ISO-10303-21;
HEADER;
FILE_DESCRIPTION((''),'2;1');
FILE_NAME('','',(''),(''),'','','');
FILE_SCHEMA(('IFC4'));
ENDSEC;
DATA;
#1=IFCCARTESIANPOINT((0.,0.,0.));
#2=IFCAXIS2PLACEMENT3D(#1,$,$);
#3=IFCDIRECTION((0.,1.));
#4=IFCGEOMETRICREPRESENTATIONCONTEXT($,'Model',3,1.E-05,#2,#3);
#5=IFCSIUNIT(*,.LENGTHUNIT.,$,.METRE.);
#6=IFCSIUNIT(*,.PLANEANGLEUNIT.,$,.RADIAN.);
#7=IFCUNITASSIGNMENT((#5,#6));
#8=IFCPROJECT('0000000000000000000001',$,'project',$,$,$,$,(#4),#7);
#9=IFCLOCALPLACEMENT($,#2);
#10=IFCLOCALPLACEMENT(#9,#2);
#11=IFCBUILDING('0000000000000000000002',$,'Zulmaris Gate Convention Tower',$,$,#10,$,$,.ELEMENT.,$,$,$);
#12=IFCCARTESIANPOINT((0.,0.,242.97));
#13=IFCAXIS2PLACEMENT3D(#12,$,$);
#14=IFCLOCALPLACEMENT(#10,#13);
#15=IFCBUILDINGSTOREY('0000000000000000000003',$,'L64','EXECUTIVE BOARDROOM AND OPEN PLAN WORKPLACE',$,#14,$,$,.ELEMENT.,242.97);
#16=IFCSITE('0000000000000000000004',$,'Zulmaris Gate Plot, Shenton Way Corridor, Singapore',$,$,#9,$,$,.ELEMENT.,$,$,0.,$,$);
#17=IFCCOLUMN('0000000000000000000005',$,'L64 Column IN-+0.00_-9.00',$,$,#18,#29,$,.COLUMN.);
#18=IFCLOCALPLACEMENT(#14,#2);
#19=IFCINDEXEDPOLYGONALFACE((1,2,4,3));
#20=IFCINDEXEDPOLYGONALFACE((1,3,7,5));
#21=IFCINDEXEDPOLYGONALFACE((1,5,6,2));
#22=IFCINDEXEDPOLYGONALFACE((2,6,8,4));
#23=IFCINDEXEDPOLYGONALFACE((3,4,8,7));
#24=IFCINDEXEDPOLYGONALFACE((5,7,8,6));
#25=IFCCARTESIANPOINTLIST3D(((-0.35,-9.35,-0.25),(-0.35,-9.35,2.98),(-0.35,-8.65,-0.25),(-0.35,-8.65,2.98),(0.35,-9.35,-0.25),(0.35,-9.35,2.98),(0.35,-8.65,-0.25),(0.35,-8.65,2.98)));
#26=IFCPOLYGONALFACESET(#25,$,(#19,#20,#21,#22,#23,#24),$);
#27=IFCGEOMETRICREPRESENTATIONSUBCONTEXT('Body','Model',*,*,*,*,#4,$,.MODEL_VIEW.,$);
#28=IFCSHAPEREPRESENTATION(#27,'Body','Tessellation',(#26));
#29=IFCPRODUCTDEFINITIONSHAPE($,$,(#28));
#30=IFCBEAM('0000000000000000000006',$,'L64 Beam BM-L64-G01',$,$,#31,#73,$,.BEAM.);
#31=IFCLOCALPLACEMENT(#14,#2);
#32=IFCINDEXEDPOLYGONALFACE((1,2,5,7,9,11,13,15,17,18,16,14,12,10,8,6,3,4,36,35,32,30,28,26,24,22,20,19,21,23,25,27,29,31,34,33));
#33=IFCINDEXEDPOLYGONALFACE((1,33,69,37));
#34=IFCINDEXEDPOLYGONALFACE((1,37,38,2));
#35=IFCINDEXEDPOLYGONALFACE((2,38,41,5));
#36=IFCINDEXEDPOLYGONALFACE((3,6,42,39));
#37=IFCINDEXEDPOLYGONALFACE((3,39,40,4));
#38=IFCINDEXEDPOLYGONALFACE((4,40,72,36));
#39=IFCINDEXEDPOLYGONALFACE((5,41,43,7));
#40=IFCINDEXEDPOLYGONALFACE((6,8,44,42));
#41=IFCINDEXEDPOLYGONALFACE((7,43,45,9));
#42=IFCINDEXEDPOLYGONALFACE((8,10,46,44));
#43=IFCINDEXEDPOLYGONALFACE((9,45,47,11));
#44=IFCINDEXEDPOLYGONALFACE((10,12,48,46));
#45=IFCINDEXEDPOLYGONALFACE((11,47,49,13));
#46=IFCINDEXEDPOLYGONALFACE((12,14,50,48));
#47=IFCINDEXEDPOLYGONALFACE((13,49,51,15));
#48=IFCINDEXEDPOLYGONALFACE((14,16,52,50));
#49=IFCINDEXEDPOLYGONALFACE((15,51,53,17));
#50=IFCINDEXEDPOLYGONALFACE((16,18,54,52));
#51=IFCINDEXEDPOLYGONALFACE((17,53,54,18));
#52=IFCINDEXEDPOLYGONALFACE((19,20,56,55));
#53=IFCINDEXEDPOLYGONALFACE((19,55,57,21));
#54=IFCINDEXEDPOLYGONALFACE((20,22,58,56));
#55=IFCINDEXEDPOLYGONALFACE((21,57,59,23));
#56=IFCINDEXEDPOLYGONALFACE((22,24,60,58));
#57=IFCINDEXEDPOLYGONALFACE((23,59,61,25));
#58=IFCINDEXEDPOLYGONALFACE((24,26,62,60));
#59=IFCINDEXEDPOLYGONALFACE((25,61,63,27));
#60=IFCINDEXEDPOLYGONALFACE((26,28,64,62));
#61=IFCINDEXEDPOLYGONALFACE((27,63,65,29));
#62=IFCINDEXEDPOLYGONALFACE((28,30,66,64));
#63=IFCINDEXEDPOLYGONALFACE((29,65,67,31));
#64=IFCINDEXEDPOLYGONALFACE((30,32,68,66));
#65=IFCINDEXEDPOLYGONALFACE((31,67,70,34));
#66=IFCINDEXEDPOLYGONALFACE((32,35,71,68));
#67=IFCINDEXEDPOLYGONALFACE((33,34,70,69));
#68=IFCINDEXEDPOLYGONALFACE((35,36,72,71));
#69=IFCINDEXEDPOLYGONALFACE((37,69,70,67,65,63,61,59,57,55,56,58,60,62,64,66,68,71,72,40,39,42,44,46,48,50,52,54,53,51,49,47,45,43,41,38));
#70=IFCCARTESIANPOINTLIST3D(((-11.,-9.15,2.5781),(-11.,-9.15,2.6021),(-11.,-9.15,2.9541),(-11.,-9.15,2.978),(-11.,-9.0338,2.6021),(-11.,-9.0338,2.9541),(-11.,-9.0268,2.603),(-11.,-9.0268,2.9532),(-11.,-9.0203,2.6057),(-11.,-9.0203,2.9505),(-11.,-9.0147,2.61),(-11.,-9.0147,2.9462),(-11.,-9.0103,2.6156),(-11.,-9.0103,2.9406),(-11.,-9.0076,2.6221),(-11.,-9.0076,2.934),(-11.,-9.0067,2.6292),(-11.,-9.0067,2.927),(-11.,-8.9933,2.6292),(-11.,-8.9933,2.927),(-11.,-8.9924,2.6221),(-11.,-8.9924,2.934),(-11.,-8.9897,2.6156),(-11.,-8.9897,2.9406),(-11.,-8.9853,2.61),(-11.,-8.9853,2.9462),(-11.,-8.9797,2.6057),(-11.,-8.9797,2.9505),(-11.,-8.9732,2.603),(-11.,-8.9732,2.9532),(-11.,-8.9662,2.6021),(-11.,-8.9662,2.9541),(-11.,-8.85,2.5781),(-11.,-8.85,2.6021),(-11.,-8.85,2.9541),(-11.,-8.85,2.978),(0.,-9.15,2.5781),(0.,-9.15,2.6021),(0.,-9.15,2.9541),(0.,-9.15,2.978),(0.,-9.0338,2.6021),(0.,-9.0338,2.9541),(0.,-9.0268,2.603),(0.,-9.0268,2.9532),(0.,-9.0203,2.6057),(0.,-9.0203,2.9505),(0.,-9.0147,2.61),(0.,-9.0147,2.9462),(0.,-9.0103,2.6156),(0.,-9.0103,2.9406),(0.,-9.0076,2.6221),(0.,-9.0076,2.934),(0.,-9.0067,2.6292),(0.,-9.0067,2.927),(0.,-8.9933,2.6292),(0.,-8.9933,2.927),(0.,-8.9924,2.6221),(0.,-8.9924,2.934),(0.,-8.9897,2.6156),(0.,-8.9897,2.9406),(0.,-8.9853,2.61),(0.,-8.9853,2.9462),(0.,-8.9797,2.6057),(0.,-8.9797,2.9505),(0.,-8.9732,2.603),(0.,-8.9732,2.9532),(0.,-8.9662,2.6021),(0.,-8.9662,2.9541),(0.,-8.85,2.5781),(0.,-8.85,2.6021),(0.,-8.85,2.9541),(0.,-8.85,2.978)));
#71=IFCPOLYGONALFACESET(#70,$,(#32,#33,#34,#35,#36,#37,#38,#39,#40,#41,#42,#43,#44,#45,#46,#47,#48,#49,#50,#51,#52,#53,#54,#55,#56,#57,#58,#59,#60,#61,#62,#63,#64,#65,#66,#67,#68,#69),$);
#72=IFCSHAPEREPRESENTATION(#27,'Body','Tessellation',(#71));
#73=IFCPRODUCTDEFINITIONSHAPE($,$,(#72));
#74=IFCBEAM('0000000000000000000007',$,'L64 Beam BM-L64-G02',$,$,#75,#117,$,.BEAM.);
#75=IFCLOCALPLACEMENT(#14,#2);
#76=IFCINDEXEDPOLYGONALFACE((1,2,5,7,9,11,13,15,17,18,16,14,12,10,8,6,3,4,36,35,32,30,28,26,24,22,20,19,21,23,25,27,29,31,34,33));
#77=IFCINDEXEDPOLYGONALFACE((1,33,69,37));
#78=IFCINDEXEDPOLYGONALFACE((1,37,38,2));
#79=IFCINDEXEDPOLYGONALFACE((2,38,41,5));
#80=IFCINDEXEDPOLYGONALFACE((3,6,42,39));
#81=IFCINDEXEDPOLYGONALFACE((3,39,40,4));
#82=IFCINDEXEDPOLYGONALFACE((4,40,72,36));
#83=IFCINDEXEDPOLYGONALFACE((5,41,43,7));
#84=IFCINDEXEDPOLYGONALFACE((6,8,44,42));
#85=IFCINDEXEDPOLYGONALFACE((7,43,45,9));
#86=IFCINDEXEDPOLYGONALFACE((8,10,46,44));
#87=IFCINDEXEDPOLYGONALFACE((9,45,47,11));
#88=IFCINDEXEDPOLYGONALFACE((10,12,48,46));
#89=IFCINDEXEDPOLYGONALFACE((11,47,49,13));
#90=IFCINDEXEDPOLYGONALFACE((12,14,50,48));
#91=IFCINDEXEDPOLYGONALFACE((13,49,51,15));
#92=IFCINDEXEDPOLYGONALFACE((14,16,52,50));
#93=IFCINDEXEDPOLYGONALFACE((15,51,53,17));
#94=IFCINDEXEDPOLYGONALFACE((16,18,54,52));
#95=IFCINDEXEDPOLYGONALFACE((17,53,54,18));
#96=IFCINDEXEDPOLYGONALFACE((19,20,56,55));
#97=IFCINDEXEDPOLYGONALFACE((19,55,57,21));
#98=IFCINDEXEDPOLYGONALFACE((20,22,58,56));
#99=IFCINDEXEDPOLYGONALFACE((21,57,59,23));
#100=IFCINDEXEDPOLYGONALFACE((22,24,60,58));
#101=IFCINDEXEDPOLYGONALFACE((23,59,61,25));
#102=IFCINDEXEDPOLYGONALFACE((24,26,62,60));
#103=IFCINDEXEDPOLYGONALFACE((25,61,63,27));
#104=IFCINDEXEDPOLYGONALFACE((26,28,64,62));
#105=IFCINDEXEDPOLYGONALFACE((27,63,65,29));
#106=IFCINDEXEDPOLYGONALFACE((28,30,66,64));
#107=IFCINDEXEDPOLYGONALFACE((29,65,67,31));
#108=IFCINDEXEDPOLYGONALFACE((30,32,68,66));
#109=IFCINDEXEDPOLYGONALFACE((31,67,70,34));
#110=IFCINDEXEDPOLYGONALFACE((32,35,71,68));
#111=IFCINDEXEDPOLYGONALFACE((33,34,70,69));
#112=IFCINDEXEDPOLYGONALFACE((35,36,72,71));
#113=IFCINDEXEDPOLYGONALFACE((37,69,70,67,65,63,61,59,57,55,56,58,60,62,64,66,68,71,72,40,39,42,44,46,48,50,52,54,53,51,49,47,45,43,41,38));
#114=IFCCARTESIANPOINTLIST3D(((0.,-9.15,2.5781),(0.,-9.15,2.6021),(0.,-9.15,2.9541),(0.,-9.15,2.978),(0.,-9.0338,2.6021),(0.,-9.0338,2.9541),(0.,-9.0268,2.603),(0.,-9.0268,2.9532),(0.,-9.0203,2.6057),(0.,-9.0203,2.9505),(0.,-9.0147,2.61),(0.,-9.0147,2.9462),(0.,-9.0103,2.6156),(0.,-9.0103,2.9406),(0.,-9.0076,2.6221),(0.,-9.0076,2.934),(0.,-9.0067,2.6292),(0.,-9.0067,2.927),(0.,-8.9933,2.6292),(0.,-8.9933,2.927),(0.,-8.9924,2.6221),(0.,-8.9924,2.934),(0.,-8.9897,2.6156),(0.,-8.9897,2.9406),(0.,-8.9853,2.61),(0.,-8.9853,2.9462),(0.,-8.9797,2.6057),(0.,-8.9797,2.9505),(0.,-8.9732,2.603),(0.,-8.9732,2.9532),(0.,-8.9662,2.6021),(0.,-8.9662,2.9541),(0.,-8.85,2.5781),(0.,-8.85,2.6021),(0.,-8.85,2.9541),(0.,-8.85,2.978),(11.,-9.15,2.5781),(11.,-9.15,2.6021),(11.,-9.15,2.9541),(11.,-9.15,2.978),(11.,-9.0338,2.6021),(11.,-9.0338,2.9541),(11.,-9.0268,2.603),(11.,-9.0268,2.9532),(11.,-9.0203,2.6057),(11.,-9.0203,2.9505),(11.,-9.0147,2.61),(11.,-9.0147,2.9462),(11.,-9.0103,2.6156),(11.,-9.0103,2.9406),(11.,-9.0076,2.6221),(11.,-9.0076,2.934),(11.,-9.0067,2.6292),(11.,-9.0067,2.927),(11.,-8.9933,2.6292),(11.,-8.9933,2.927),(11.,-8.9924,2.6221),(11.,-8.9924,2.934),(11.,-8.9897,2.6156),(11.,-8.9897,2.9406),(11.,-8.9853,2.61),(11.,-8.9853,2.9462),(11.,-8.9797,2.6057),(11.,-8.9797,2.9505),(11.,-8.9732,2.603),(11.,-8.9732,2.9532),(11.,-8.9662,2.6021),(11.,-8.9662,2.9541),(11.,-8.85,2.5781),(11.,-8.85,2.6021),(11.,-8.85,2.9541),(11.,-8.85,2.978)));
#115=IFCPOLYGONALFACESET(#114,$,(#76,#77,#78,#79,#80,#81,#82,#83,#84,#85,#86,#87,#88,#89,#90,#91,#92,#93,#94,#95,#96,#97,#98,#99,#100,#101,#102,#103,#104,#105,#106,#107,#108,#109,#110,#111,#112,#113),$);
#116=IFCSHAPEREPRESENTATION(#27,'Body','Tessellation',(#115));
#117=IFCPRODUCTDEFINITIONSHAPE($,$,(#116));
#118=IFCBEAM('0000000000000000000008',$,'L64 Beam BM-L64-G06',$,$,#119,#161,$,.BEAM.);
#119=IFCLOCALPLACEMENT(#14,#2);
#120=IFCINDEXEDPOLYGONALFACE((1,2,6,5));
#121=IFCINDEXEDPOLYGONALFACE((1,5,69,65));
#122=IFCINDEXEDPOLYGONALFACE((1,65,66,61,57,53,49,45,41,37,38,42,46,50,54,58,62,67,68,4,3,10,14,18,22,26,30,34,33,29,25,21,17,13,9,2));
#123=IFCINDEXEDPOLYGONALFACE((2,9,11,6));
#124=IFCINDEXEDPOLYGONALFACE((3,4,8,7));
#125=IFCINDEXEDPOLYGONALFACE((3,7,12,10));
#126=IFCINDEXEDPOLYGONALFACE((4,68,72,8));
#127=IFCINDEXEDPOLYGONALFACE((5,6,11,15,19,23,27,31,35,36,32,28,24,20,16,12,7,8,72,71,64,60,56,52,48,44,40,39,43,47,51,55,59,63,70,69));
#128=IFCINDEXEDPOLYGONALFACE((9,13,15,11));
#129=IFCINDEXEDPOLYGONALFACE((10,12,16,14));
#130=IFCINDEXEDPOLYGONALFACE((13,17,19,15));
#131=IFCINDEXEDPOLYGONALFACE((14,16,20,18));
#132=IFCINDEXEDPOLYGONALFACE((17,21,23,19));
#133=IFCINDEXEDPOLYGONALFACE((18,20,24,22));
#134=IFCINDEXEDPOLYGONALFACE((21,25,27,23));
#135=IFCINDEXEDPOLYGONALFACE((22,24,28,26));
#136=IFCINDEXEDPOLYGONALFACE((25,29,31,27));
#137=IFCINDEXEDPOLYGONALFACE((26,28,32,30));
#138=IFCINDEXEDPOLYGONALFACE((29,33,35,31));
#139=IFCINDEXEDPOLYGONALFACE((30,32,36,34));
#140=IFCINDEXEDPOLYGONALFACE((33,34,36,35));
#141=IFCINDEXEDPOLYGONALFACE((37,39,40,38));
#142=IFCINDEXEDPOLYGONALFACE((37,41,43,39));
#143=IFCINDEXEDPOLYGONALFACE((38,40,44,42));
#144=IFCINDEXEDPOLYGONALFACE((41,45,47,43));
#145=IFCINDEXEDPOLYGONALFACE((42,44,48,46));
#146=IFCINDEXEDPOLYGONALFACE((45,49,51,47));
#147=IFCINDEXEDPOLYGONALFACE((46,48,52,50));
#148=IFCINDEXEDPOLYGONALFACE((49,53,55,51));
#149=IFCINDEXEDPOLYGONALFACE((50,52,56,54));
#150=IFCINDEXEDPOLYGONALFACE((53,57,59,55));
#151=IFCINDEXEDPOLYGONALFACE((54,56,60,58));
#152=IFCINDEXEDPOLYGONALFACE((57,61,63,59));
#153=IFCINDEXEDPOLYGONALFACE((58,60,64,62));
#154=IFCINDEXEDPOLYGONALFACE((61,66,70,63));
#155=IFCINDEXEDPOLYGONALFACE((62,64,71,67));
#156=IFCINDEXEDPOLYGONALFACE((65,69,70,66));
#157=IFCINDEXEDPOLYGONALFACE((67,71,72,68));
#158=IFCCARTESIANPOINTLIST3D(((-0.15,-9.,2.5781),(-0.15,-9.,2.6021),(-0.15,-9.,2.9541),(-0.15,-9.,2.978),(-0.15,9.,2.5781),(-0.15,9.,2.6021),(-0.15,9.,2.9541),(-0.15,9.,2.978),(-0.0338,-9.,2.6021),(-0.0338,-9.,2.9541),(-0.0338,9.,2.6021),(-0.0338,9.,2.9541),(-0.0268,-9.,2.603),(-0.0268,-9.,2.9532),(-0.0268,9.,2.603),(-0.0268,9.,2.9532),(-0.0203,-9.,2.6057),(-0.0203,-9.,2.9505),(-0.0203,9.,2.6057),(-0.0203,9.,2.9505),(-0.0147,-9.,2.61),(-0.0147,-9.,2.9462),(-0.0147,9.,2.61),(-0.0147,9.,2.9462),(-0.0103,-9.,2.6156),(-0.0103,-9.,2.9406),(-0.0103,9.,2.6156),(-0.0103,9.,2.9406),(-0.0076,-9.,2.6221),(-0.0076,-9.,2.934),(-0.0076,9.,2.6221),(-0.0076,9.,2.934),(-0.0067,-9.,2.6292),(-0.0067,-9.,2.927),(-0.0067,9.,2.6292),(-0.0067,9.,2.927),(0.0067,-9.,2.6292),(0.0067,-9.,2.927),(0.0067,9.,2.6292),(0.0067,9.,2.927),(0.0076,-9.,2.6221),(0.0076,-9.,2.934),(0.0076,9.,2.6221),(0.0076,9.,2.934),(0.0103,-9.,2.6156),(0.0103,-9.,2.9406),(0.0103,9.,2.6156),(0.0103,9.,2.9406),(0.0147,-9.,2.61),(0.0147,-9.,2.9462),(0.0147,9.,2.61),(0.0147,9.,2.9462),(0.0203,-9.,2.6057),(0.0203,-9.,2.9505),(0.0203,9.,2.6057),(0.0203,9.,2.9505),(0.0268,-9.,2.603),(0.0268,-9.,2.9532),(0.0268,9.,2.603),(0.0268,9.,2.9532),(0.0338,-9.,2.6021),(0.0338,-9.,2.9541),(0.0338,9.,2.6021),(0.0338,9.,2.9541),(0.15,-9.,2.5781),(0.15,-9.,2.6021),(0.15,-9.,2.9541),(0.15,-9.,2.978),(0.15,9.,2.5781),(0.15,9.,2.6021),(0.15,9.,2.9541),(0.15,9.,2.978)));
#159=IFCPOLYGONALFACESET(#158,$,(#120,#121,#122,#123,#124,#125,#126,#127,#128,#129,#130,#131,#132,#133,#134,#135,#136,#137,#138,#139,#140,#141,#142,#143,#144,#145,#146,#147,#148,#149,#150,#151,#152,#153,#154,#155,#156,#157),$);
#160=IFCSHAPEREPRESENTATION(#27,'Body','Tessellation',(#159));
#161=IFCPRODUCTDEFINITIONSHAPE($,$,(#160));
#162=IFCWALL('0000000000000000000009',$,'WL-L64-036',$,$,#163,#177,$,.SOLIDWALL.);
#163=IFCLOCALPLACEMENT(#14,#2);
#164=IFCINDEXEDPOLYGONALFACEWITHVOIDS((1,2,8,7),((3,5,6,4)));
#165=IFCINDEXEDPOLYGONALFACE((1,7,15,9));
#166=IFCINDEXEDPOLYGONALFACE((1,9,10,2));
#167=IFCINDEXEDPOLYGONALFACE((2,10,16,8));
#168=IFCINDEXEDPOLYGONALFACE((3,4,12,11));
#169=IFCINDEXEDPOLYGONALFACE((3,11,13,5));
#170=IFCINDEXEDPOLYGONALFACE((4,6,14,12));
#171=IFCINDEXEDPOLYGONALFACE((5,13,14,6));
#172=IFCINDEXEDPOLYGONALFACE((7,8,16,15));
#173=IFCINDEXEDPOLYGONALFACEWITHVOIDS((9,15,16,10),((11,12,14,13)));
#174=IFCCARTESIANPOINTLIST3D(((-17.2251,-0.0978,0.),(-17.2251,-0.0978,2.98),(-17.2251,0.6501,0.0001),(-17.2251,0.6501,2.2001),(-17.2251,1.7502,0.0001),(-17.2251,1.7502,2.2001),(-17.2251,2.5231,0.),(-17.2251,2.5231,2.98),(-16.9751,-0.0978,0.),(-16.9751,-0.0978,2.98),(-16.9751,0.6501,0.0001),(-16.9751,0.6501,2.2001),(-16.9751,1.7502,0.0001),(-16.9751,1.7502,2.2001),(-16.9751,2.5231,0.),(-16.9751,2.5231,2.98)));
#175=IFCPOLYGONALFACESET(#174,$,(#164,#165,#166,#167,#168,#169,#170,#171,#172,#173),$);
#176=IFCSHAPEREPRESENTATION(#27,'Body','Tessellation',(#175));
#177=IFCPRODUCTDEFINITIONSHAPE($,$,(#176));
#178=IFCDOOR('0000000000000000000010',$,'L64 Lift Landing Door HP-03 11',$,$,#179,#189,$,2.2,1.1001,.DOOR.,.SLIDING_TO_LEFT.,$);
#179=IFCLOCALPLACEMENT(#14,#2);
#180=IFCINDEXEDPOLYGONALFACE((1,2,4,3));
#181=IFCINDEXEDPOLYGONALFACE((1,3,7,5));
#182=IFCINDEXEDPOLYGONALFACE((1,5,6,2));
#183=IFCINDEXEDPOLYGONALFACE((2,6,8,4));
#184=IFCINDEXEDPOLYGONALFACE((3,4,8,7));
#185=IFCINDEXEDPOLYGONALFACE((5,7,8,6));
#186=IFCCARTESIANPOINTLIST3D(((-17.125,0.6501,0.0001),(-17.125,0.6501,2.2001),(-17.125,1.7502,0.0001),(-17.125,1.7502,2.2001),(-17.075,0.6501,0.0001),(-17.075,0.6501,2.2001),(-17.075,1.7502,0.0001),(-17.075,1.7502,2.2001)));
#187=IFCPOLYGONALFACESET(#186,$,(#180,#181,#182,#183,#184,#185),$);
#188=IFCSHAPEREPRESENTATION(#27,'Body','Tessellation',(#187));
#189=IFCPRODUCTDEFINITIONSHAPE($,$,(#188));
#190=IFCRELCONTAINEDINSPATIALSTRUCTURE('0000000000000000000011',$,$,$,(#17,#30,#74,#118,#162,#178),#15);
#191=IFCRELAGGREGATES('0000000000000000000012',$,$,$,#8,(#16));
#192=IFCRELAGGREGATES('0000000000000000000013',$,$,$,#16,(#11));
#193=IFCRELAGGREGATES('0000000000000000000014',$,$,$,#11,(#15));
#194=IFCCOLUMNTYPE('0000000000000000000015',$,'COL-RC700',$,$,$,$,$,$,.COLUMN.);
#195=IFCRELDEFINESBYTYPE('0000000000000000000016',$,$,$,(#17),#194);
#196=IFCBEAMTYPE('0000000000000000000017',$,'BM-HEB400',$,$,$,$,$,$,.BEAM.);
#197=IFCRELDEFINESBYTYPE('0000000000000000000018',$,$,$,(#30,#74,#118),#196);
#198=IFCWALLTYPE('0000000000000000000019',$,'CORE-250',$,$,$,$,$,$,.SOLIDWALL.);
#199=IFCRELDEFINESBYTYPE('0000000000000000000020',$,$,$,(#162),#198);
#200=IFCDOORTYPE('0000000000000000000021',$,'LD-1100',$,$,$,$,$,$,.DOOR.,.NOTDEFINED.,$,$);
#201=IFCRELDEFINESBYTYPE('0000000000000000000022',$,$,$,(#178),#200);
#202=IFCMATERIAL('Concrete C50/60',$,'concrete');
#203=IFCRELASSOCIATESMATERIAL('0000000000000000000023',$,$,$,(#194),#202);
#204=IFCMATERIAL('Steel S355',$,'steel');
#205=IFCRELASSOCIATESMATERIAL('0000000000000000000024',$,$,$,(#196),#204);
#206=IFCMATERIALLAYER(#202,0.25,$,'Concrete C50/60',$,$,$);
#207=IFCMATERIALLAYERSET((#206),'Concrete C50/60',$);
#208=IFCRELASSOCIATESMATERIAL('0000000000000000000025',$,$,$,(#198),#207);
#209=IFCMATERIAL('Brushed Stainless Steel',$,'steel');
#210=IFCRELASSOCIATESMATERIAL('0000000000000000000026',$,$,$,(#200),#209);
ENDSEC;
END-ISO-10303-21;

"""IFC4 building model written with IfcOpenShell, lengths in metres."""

from ifc_helpers import new_model, si_unit, direction, frame, frame_2d, origin, origin_2d, place, context, subcontext, project, spatial, rectangle, i_section, extrude, material, layer, layer_set, material_profile, profile_set, type_object, element, fill, save


model = new_model("IFC4")

# Units and contexts
model_context = context("Model", 3, precision=1e-05, world=origin(), true_north=direction((0.0, 1.0)))
body_context = subcontext(model_context, "Body", "Model", "MODEL_VIEW")
ifc_project = project(units=[si_unit("LENGTHUNIT", "METRE"), si_unit("PLANEANGLEUNIT", "RADIAN")], contexts=[model_context])

# Site, building, storey
site_placement = place(None, origin())
site = spatial("IfcSite", under=ifc_project, at=site_placement, Name="Zulmaris Gate Plot, Shenton Way Corridor, Singapore", CompositionType="ELEMENT", RefElevation=0.0)
building_placement = place(site_placement, origin())
building = spatial("IfcBuilding", under=site, at=building_placement, Name="Zulmaris Gate Convention Tower", CompositionType="ELEMENT")
storey_placement = place(building_placement, frame((0.0, 0.0, 242.97)))
storey = spatial("IfcBuildingStorey", under=building, at=storey_placement, Name="L64", Description="EXECUTIVE BOARDROOM AND OPEN PLAN WORKPLACE", CompositionType="ELEMENT", Elevation=242.97)

# Column
ifc_material_1 = material(Name="Concrete C50/60", Category="concrete")
ifc_material_profile_1 = material_profile(ifc_material_1, rectangle(XDim=0.7, YDim=0.7, at=origin_2d()), Name="RC COL 700x700")
ifc_profile_set_1 = profile_set([ifc_material_profile_1], Name="Concrete C50/60")
column_type = type_object("IfcColumnType", Name="COL-RC700", PredefinedType="COLUMN", material=ifc_profile_set_1)
column_placement = place(storey_placement, frame((0.0, -9.0, -0.25), z_axis=(0.0, 0.0, 1.0), x_axis=(1.0, 0.0, 0.0)))
element("IfcColumn", 1, at=column_placement, inside=storey, type_object=column_type, Name="L64 Column IN-+0.00_-9.00", PredefinedType="COLUMN", context=body_context, shape_type="SweptSolid", body=[
    extrude(rectangle(XDim=0.7, YDim=0.7, at=origin_2d()), origin(), (0.0, 0.0, 1.0), 3.23),
])

# Beams
ifc_material_2 = material(Name="Steel S355", Category="steel")
ifc_material_profile_2 = material_profile(ifc_material_2, i_section(OverallWidth=0.3, OverallDepth=0.3999, WebThickness=0.0134, FlangeThickness=0.0239, FilletRadius=0.0271, at=origin_2d()), Name="HEB 400")
ifc_profile_set_2 = profile_set([ifc_material_profile_2], Name="Steel S355")
beam_type = type_object("IfcBeamType", Name="BM-HEB400", PredefinedType="BEAM", material=ifc_profile_set_2)
for number, where, z_axis, x_axis, name in (
    (2, (-11.0, -9.0, 2.7781), (1.0, 0.0, 0.0), (0.0, 1.0, 0.0), "L64 Beam BM-L64-G01"),
    (3, (0.0, -9.0, 2.7781), (1.0, 0.0, 0.0), (0.0, 1.0, 0.0), "L64 Beam BM-L64-G02"),
):
    element("IfcBeam", number, at=place(storey_placement, frame(where, z_axis=z_axis, x_axis=x_axis)), inside=storey, type_object=beam_type, Name=name, PredefinedType="BEAM", context=body_context, shape_type="SweptSolid", body=[
        extrude(i_section(OverallWidth=0.3, OverallDepth=0.3999, WebThickness=0.0134, FlangeThickness=0.0239, FilletRadius=0.0271, at=origin_2d()), origin(), (0.0, 0.0, 1.0), 11.0),
    ])
beam_placement = place(storey_placement, frame((0.0, -9.0, 2.7781), z_axis=(0.0, 1.0, 0.0), x_axis=(-1.0, 0.0, 0.0)))
element("IfcBeam", 4, at=beam_placement, inside=storey, type_object=beam_type, Name="L64 Beam BM-L64-G06", PredefinedType="BEAM", context=body_context, shape_type="SweptSolid", body=[
    extrude(i_section(OverallWidth=0.3, OverallDepth=0.3999, WebThickness=0.0134, FlangeThickness=0.0239, FilletRadius=0.0271, at=origin_2d()), origin(), (0.0, 0.0, 1.0), 18.0),
])

# Wall, opening, door
ifc_layer_1 = layer(ifc_material_1, 0.25, Name="Concrete C50/60")
ifc_layer_set_1 = layer_set([ifc_layer_1], Name="Concrete C50/60")
wall_type_1 = type_object("IfcWallType", Name="CORE-250", PredefinedType="SOLIDWALL", material=ifc_layer_set_1)
wall_1_placement = place(storey_placement, frame((-17.1001, -0.0979, 0.0), z_axis=(0.0, 0.0, 1.0), x_axis=(0.0, 1.0, 0.0)))
wall_1 = element("IfcWall", 5, at=wall_1_placement, inside=storey, type_object=wall_type_1, Name="WL-L64-036", PredefinedType="SOLIDWALL", context=body_context, shape_type="SweptSolid", body=[
    extrude(rectangle(XDim=2.6208, YDim=0.25, at=frame_2d((1.3105, 0.0))), origin(), (0.0, 0.0, 1.0), 2.98),
])
opening_1_placement = place(wall_1_placement, frame((0.748, 0.0, 0.0)))
opening_1 = element("IfcOpeningElement", 6, at=opening_1_placement, cuts=wall_1, PredefinedType="OPENING", context=body_context, shape_type="SweptSolid", body=[
    extrude(rectangle(XDim=1.1001, YDim=2.2, at=frame_2d((0.55, 1.1001))), frame((0.0, 0.135, 0.0), z_axis=(0.0, -1.0, 0.0), x_axis=(1.0, 0.0, 0.0)), (0.0, 0.0, 1.0), 0.27),
])
ifc_material_3 = material(Name="Brushed Stainless Steel", Category="steel")
door_type_1 = type_object("IfcDoorType", Name="LD-1100", OperationType="NOTDEFINED", PredefinedType="DOOR", material=ifc_material_3)
door_1_placement = place(opening_1_placement, origin())
door_1 = element("IfcDoor", 7, at=door_1_placement, inside=storey, type_object=door_type_1, Name="L64 Lift Landing Door HP-03 11", OperationType="SLIDING_TO_LEFT", OverallHeight=2.2, OverallWidth=1.1001, PredefinedType="DOOR", context=body_context, shape_type="SweptSolid", body=[
    extrude(rectangle(XDim=1.1001, YDim=2.2, at=frame_2d((0.55, 1.1001))), frame((0.0, 0.0249, 0.0), z_axis=(0.0, -1.0, 0.0), x_axis=(1.0, 0.0, 0.0)), (0.0, 0.0, 1.0), 0.05),
])
fill(opening_1, door_1)

save(model, "model.ifc")
